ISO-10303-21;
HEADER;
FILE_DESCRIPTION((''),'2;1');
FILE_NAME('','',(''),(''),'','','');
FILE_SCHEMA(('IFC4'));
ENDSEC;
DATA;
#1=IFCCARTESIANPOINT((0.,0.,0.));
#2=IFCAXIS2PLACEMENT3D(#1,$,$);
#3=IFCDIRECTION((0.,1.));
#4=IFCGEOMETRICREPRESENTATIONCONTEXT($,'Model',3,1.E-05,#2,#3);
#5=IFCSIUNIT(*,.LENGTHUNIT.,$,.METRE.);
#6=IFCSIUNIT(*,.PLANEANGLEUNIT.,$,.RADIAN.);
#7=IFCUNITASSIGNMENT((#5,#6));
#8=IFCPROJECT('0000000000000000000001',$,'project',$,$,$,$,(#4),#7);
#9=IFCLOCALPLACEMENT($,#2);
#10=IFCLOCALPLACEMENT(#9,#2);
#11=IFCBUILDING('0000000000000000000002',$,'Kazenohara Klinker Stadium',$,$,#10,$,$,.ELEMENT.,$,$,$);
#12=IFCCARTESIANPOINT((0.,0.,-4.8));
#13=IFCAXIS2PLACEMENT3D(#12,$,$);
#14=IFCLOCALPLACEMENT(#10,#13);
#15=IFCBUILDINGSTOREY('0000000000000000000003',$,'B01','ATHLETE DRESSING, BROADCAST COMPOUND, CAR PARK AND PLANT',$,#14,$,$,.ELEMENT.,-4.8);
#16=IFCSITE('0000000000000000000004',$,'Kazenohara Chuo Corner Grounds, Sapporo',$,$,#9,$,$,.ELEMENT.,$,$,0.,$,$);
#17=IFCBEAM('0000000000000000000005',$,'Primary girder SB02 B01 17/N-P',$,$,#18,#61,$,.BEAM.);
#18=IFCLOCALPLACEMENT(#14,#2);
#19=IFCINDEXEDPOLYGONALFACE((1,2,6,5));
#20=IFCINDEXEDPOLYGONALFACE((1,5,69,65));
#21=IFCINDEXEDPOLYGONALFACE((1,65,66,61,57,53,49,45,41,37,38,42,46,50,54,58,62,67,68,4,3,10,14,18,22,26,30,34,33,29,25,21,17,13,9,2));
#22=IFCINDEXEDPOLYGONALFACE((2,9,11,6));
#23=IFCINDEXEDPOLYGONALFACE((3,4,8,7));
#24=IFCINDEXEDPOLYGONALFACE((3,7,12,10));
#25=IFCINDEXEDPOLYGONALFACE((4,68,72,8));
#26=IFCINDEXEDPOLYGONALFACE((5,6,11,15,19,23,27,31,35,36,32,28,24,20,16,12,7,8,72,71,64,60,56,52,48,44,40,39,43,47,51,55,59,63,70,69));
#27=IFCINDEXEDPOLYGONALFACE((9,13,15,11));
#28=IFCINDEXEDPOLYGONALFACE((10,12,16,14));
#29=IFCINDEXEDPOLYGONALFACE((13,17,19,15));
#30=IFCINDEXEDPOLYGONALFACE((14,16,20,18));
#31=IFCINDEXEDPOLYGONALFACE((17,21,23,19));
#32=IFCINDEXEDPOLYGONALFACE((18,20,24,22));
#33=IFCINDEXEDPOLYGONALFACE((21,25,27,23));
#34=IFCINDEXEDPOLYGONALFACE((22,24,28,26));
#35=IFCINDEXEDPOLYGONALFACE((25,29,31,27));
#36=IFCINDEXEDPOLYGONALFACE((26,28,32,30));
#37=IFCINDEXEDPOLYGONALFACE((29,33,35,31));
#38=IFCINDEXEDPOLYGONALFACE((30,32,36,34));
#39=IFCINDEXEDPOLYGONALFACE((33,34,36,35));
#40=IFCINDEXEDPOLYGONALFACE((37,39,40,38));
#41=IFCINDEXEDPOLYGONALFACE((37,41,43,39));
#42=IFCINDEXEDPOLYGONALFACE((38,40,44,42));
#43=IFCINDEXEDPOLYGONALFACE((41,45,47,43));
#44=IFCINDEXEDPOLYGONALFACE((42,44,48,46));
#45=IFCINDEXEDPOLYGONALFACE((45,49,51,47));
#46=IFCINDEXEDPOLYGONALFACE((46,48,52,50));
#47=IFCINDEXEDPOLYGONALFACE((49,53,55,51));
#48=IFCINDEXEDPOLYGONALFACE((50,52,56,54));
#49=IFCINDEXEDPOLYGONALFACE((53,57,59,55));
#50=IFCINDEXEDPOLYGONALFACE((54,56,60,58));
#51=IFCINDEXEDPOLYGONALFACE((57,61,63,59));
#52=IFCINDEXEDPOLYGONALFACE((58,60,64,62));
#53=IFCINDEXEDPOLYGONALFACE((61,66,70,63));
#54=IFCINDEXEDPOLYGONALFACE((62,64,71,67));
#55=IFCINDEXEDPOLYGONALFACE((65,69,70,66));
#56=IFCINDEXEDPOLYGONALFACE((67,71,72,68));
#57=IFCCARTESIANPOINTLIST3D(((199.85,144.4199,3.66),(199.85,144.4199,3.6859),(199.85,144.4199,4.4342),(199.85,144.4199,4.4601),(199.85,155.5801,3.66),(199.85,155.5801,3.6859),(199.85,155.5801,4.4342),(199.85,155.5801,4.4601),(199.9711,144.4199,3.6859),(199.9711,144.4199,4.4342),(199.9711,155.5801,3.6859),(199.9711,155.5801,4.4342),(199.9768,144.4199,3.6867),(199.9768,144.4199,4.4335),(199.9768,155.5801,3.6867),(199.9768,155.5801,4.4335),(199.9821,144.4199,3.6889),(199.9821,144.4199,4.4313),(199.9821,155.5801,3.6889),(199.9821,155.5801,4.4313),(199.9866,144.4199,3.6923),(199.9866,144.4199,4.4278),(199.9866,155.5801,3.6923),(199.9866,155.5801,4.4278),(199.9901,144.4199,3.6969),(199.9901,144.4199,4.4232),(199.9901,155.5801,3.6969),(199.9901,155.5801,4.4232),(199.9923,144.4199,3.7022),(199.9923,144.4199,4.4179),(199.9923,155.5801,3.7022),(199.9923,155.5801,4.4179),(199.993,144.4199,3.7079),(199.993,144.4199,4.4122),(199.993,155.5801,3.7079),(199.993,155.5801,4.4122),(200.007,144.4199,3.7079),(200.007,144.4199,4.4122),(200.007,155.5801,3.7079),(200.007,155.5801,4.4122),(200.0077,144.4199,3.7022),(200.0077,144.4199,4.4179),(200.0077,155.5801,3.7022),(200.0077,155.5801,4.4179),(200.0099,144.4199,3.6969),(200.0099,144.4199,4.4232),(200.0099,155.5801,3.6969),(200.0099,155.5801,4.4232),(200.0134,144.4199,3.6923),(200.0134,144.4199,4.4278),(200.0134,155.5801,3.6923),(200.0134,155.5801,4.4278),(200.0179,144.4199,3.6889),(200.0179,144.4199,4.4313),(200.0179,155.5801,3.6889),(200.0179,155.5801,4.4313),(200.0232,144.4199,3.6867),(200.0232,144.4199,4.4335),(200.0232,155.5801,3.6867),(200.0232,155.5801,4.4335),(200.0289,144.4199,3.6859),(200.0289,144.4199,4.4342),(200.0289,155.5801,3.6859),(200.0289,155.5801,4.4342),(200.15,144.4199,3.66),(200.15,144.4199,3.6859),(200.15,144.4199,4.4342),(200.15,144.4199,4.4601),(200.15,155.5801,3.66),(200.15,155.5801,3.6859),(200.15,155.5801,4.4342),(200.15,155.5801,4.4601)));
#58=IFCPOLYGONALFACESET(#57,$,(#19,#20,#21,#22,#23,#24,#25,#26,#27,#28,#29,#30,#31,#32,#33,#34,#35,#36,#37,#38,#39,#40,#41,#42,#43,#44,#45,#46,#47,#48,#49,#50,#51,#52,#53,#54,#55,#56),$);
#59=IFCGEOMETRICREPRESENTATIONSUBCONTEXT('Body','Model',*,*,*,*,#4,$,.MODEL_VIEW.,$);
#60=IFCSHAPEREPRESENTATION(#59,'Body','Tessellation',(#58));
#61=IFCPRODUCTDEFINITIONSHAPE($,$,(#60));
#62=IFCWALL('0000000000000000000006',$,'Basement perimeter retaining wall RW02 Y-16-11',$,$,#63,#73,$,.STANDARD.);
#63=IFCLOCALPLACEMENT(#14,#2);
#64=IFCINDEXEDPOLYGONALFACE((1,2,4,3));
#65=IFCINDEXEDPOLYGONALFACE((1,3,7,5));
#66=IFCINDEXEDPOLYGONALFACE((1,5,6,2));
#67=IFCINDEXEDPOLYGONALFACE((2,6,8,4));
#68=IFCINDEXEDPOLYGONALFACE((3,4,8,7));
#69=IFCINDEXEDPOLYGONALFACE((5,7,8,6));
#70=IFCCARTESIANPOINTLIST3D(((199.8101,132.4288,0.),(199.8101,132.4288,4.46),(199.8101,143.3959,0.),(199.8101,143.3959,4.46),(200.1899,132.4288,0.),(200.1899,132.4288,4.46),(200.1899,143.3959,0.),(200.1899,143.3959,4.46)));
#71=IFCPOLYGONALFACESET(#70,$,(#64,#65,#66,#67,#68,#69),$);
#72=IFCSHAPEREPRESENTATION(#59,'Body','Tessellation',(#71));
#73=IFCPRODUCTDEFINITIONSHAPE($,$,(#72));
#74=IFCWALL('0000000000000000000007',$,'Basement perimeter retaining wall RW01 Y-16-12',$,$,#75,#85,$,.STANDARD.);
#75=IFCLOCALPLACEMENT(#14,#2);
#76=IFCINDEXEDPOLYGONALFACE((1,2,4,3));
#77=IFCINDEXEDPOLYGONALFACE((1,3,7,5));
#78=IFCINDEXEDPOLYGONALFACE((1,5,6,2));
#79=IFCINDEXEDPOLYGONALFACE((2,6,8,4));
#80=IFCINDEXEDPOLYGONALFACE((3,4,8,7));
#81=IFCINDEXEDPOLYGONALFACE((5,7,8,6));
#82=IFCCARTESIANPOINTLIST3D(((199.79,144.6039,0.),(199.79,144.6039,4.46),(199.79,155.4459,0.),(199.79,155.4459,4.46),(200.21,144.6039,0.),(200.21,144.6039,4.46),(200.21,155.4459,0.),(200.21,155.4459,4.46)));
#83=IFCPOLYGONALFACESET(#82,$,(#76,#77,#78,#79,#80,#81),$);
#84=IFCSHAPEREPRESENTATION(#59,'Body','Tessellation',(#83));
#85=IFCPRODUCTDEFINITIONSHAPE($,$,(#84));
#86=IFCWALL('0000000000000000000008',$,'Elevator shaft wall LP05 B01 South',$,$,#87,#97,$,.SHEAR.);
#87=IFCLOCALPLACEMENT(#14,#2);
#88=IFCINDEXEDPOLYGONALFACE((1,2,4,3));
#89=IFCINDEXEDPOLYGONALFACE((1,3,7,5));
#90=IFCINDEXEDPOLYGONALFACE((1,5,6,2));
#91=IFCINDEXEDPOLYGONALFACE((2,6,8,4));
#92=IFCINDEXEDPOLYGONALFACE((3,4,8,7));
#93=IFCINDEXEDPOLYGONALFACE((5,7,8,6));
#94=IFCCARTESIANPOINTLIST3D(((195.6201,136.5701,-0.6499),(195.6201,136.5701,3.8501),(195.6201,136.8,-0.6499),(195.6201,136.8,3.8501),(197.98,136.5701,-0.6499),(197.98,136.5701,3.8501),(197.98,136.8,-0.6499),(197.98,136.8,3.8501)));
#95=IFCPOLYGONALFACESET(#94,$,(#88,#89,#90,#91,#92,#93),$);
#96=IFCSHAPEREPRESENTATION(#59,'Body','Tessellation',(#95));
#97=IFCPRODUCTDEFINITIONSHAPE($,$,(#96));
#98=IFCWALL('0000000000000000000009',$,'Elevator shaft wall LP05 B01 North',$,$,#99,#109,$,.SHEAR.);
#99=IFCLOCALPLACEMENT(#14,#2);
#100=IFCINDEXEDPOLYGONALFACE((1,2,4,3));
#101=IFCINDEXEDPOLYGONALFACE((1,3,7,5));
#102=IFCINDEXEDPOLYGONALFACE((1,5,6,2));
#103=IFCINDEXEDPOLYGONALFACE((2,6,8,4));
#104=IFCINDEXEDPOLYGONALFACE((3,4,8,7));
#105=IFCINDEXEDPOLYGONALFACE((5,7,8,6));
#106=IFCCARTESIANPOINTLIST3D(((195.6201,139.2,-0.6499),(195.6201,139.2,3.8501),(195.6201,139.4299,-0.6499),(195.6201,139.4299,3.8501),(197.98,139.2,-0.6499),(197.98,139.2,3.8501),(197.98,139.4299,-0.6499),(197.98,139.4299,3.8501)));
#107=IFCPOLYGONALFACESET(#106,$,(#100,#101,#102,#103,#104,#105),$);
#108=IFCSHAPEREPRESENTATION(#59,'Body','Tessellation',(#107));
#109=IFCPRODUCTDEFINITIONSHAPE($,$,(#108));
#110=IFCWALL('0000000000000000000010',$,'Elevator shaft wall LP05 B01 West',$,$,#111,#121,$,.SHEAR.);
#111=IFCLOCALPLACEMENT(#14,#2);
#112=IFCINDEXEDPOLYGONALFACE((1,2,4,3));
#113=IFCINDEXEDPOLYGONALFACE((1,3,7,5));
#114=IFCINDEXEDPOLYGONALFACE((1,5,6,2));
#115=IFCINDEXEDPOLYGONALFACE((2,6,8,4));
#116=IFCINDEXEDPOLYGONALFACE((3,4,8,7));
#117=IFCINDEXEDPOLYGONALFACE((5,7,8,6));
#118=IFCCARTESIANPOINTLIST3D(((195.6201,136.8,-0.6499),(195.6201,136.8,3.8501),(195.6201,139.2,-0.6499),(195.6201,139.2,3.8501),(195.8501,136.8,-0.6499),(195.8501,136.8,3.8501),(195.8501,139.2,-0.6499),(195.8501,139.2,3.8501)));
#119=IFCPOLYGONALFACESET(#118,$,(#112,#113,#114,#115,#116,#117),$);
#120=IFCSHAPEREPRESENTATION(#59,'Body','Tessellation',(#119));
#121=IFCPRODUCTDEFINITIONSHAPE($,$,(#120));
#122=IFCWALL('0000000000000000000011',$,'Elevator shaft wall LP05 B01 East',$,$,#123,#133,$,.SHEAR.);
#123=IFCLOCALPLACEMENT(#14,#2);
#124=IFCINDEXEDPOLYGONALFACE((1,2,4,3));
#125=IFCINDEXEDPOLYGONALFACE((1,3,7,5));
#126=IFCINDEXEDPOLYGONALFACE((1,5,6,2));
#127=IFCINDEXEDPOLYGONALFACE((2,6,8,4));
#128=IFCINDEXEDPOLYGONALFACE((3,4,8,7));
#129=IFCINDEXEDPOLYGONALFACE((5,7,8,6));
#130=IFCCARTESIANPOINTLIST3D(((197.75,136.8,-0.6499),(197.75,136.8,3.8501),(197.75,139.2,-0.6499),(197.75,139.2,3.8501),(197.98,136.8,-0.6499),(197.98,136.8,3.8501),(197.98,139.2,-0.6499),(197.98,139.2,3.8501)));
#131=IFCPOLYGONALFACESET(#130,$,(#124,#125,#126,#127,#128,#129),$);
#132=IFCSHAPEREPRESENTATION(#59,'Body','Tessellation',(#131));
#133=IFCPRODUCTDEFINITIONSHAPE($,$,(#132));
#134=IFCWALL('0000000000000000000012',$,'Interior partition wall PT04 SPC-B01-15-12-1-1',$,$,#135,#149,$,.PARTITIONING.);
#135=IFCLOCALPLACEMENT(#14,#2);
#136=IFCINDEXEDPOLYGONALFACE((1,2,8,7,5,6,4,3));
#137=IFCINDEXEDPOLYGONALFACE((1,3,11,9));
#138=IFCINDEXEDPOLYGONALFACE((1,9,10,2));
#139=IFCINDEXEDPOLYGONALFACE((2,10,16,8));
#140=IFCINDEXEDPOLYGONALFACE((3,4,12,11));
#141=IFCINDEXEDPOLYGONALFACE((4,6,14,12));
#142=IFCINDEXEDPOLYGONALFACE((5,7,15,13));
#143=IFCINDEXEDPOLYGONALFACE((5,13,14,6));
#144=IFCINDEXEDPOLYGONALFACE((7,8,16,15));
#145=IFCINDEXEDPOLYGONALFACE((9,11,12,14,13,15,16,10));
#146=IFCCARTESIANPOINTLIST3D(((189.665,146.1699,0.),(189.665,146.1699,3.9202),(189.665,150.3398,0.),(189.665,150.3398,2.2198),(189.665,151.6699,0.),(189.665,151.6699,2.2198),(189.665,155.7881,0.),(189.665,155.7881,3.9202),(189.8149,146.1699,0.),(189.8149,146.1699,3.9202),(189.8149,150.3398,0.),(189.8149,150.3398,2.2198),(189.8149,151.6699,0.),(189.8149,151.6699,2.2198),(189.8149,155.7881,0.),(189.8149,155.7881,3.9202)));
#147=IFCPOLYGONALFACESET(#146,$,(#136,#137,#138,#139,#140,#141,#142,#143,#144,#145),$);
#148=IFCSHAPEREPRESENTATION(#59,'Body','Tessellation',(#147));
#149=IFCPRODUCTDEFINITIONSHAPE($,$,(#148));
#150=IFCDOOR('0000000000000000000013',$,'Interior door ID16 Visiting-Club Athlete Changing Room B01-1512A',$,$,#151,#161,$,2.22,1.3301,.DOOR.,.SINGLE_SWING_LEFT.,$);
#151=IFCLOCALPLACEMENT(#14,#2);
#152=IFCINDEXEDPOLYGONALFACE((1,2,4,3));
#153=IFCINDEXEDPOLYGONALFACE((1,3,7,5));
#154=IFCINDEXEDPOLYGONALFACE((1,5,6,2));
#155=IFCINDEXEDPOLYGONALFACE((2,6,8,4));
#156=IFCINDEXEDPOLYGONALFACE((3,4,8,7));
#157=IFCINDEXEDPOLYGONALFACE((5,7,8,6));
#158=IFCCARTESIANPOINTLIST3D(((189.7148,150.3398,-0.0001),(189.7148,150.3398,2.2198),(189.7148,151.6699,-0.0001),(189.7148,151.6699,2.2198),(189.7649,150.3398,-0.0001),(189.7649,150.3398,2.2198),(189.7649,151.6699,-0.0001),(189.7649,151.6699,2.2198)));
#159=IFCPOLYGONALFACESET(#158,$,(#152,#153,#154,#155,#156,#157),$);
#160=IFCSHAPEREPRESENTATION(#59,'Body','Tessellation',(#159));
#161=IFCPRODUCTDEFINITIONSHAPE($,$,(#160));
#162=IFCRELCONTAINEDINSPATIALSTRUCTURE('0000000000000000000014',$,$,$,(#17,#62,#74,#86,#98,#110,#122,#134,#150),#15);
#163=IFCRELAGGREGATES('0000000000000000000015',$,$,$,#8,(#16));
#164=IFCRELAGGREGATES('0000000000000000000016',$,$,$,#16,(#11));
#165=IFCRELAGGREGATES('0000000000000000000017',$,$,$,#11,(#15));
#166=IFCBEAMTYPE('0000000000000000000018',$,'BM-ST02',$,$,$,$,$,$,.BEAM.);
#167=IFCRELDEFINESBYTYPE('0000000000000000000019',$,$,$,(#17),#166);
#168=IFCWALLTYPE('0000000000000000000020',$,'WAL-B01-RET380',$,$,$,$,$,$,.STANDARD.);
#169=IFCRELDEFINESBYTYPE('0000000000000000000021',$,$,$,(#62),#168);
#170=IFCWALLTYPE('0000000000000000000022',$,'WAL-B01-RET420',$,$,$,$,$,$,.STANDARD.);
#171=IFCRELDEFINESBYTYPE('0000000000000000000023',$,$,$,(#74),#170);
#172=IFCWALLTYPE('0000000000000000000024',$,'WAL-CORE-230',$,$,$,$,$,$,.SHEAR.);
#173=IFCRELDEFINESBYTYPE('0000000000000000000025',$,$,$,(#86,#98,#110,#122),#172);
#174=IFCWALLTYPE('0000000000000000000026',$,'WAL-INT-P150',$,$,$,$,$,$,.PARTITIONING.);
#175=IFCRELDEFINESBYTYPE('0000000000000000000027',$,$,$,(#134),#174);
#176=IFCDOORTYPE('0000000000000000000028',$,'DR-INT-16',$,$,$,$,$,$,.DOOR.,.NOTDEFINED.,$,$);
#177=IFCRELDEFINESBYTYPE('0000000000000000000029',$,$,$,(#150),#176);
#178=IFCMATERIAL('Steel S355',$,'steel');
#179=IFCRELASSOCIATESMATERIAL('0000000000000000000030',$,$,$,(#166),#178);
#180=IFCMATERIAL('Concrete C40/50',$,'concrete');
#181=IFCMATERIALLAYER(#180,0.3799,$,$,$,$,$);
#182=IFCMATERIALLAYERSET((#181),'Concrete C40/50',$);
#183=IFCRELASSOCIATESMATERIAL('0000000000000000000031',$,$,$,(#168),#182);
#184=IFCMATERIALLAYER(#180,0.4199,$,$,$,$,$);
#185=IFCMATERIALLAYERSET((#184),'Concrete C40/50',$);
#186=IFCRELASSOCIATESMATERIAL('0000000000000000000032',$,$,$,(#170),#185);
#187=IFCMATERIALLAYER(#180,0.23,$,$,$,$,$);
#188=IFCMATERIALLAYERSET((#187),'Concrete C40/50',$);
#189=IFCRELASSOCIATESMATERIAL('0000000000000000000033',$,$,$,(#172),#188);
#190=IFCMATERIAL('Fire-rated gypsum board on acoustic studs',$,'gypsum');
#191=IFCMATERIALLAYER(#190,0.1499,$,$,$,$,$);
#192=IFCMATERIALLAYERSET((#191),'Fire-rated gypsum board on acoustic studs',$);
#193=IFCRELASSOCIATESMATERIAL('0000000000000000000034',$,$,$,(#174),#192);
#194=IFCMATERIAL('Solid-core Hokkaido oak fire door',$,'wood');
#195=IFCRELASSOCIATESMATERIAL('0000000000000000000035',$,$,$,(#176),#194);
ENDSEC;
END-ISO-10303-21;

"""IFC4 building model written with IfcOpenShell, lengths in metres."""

from ifc_helpers import new_model, si_unit, direction, frame, frame_2d, origin, origin_2d, place, context, subcontext, project, spatial, rectangle, i_section, extrude, material, layer, layer_set, material_profile, profile_set, type_object, element, fill, save


model = new_model("IFC4")

# Units and contexts
model_context = context("Model", 3, precision=1e-05, world=origin(), true_north=direction((0.0, 1.0)))
body_context = subcontext(model_context, "Body", "Model", "MODEL_VIEW")
ifc_project = project(units=[si_unit("LENGTHUNIT", "METRE"), si_unit("PLANEANGLEUNIT", "RADIAN")], contexts=[model_context])

# Site, building, storey
site_placement = place(None, origin())
site = spatial("IfcSite", under=ifc_project, at=site_placement, Name="Kazenohara Chuo Corner Grounds, Sapporo", CompositionType="ELEMENT", RefElevation=0.0)
building_placement = place(site_placement, origin())
building = spatial("IfcBuilding", under=site, at=building_placement, Name="Kazenohara Klinker Stadium", CompositionType="ELEMENT")
storey_placement = place(building_placement, frame((0.0, 0.0, -4.8)))
storey = spatial("IfcBuildingStorey", under=building, at=storey_placement, Name="B01", Description="ATHLETE DRESSING, BROADCAST COMPOUND, CAR PARK AND PLANT", CompositionType="ELEMENT", Elevation=-4.8)

# Shared definitions
ifc_material_1 = material(Name="Concrete C40/50", Category="concrete")

# Beam
ifc_material_2 = material(Name="Steel S355", Category="steel")
ifc_material_profile_1 = material_profile(ifc_material_2, i_section(OverallWidth=0.3, OverallDepth=0.8, WebThickness=0.0139, FlangeThickness=0.0259, FilletRadius=0.022, at=origin_2d()), Name="H-800x300x14x26")
ifc_profile_set_1 = profile_set([ifc_material_profile_1], Name="Steel S355")
beam_type_1 = type_object("IfcBeamType", Name="BM-ST02", PredefinedType="BEAM", material=ifc_profile_set_1)
beam_1_placement = place(storey_placement, frame((200.0, 144.4199, 4.0601), z_axis=(0.0, 1.0, 0.0), x_axis=(-1.0, 0.0, 0.0)))
element("IfcBeam", 1, at=beam_1_placement, inside=storey, type_object=beam_type_1, Name="Primary girder SB02 B01 17/N-P", PredefinedType="BEAM", context=body_context, shape_type="SweptSolid", body=[
    extrude(i_section(OverallWidth=0.3, OverallDepth=0.8, WebThickness=0.0139, FlangeThickness=0.0259, FilletRadius=0.022, at=origin_2d()), origin(), (0.0, 0.0, 1.0), 11.1602),
])

# Walls
ifc_layer_1 = layer(ifc_material_1, 0.3799)
ifc_layer_set_1 = layer_set([ifc_layer_1], Name="Concrete C40/50")
wall_type_1 = type_object("IfcWallType", Name="WAL-B01-RET380", PredefinedType="STANDARD", material=ifc_layer_set_1)
wall_1_placement = place(storey_placement, frame((200.0, 132.429, 0.0), z_axis=(0.0, 0.0, 1.0), x_axis=(0.0, 1.0, 0.0)))
element("IfcWall", 2, at=wall_1_placement, inside=storey, type_object=wall_type_1, Name="Basement perimeter retaining wall RW02 Y-16-11", PredefinedType="STANDARD", context=body_context, shape_type="SweptSolid", body=[
    extrude(rectangle(XDim=10.967, YDim=0.3799, at=frame_2d((5.4834, 0.0))), origin(), (0.0, 0.0, 1.0), 4.46),
])
ifc_layer_2 = layer(ifc_material_1, 0.4199)
ifc_layer_set_2 = layer_set([ifc_layer_2], Name="Concrete C40/50")
wall_type_2 = type_object("IfcWallType", Name="WAL-B01-RET420", PredefinedType="STANDARD", material=ifc_layer_set_2)
wall_2_placement = place(storey_placement, frame((200.0, 144.604, 0.0), z_axis=(0.0, 0.0, 1.0), x_axis=(0.0, 1.0, 0.0)))
element("IfcWall", 3, at=wall_2_placement, inside=storey, type_object=wall_type_2, Name="Basement perimeter retaining wall RW01 Y-16-12", PredefinedType="STANDARD", context=body_context, shape_type="SweptSolid", body=[
    extrude(rectangle(XDim=10.842, YDim=0.4199, at=frame_2d((5.4209, 0.0))), origin(), (0.0, 0.0, 1.0), 4.46),
])
ifc_layer_3 = layer(ifc_material_1, 0.23)
ifc_layer_set_3 = layer_set([ifc_layer_3], Name="Concrete C40/50")
wall_type_3 = type_object("IfcWallType", Name="WAL-CORE-230", PredefinedType="SHEAR", material=ifc_layer_set_3)
for number, where, z_axis, x_axis, name in (
    (4, (195.6201, 136.6851, -0.6499), (0.0, 0.0, 1.0), (1.0, 0.0, 0.0), "Elevator shaft wall LP05 B01 South"),
    (5, (195.6201, 139.3149, -0.6499), (0.0, 0.0, 1.0), (1.0, 0.0, 0.0), "Elevator shaft wall LP05 B01 North"),
):
    element("IfcWall", number, at=place(storey_placement, frame(where, z_axis=z_axis, x_axis=x_axis)), inside=storey, type_object=wall_type_3, Name=name, PredefinedType="SHEAR", context=body_context, shape_type="SweptSolid", body=[
        extrude(rectangle(XDim=2.3599, YDim=0.23, at=frame_2d((1.1799, 0.0))), origin(), (0.0, 0.0, 1.0), 4.5),
    ])
for number, where, z_axis, x_axis, name in (
    (6, (195.7351, 136.8, -0.6499), (0.0, 0.0, 1.0), (0.0, 1.0, 0.0), "Elevator shaft wall LP05 B01 West"),
    (7, (197.865, 136.8, -0.6499), (0.0, 0.0, 1.0), (0.0, 1.0, 0.0), "Elevator shaft wall LP05 B01 East"),
):
    element("IfcWall", number, at=place(storey_placement, frame(where, z_axis=z_axis, x_axis=x_axis)), inside=storey, type_object=wall_type_3, Name=name, PredefinedType="SHEAR", context=body_context, shape_type="SweptSolid", body=[
        extrude(rectangle(XDim=2.3999, YDim=0.23, at=frame_2d((1.2, 0.0))), origin(), (0.0, 0.0, 1.0), 4.5),
    ])

# Wall, opening, door
ifc_material_3 = material(Name="Fire-rated gypsum board on acoustic studs", Category="gypsum")
ifc_layer_4 = layer(ifc_material_3, 0.1499)
ifc_layer_set_4 = layer_set([ifc_layer_4], Name="Fire-rated gypsum board on acoustic studs")
wall_type_4 = type_object("IfcWallType", Name="WAL-INT-P150", PredefinedType="PARTITIONING", material=ifc_layer_set_4)
wall_3_placement = place(storey_placement, frame((189.74, 146.1699, 0.0), z_axis=(0.0, 0.0, 1.0), x_axis=(0.0, 1.0, 0.0)))
wall_3 = element("IfcWall", 8, at=wall_3_placement, inside=storey, type_object=wall_type_4, Name="Interior partition wall PT04 SPC-B01-15-12-1-1", PredefinedType="PARTITIONING", context=body_context, shape_type="SweptSolid", body=[
    extrude(rectangle(XDim=9.6182, YDim=0.1499, at=frame_2d((4.8091, 0.0))), origin(), (0.0, 0.0, 1.0), 3.9202),
])
opening_placement = place(wall_3_placement, frame((5.5, 0.0, 0.0), z_axis=(0.0, 0.0, 1.0), x_axis=(-1.0, 0.0, 0.0)))
opening = element("IfcOpeningElement", 9, at=opening_placement, cuts=wall_3, PredefinedType="OPENING", context=body_context, shape_type="SweptSolid", body=[
    extrude(rectangle(XDim=1.3301, YDim=2.22, at=frame_2d((0.665, 1.1099))), frame((0.0, 0.085, 0.0), z_axis=(0.0, -1.0, 0.0), x_axis=(1.0, 0.0, 0.0)), (0.0, 0.0, 1.0), 0.1699),
])
ifc_material_4 = material(Name="Solid-core Hokkaido oak fire door", Category="wood")
door_type = type_object("IfcDoorType", Name="DR-INT-16", OperationType="NOTDEFINED", PredefinedType="DOOR", material=ifc_material_4)
door_placement = place(opening_placement, origin())
door = element("IfcDoor", 10, at=door_placement, inside=storey, type_object=door_type, Name="Interior door ID16 Visiting-Club Athlete Changing Room B01-1512A", OperationType="SINGLE_SWING_LEFT", OverallHeight=2.22, OverallWidth=1.3301, PredefinedType="DOOR", context=body_context, shape_type="SweptSolid", body=[
    extrude(rectangle(XDim=1.3301, YDim=2.22, at=frame_2d((0.665, 1.1099))), frame((0.0, 0.0249, 0.0), z_axis=(0.0, -1.0, 0.0), x_axis=(1.0, 0.0, 0.0)), (0.0, 0.0, 1.0), 0.05),
])
fill(opening, door)

save(model, "model.ifc")
